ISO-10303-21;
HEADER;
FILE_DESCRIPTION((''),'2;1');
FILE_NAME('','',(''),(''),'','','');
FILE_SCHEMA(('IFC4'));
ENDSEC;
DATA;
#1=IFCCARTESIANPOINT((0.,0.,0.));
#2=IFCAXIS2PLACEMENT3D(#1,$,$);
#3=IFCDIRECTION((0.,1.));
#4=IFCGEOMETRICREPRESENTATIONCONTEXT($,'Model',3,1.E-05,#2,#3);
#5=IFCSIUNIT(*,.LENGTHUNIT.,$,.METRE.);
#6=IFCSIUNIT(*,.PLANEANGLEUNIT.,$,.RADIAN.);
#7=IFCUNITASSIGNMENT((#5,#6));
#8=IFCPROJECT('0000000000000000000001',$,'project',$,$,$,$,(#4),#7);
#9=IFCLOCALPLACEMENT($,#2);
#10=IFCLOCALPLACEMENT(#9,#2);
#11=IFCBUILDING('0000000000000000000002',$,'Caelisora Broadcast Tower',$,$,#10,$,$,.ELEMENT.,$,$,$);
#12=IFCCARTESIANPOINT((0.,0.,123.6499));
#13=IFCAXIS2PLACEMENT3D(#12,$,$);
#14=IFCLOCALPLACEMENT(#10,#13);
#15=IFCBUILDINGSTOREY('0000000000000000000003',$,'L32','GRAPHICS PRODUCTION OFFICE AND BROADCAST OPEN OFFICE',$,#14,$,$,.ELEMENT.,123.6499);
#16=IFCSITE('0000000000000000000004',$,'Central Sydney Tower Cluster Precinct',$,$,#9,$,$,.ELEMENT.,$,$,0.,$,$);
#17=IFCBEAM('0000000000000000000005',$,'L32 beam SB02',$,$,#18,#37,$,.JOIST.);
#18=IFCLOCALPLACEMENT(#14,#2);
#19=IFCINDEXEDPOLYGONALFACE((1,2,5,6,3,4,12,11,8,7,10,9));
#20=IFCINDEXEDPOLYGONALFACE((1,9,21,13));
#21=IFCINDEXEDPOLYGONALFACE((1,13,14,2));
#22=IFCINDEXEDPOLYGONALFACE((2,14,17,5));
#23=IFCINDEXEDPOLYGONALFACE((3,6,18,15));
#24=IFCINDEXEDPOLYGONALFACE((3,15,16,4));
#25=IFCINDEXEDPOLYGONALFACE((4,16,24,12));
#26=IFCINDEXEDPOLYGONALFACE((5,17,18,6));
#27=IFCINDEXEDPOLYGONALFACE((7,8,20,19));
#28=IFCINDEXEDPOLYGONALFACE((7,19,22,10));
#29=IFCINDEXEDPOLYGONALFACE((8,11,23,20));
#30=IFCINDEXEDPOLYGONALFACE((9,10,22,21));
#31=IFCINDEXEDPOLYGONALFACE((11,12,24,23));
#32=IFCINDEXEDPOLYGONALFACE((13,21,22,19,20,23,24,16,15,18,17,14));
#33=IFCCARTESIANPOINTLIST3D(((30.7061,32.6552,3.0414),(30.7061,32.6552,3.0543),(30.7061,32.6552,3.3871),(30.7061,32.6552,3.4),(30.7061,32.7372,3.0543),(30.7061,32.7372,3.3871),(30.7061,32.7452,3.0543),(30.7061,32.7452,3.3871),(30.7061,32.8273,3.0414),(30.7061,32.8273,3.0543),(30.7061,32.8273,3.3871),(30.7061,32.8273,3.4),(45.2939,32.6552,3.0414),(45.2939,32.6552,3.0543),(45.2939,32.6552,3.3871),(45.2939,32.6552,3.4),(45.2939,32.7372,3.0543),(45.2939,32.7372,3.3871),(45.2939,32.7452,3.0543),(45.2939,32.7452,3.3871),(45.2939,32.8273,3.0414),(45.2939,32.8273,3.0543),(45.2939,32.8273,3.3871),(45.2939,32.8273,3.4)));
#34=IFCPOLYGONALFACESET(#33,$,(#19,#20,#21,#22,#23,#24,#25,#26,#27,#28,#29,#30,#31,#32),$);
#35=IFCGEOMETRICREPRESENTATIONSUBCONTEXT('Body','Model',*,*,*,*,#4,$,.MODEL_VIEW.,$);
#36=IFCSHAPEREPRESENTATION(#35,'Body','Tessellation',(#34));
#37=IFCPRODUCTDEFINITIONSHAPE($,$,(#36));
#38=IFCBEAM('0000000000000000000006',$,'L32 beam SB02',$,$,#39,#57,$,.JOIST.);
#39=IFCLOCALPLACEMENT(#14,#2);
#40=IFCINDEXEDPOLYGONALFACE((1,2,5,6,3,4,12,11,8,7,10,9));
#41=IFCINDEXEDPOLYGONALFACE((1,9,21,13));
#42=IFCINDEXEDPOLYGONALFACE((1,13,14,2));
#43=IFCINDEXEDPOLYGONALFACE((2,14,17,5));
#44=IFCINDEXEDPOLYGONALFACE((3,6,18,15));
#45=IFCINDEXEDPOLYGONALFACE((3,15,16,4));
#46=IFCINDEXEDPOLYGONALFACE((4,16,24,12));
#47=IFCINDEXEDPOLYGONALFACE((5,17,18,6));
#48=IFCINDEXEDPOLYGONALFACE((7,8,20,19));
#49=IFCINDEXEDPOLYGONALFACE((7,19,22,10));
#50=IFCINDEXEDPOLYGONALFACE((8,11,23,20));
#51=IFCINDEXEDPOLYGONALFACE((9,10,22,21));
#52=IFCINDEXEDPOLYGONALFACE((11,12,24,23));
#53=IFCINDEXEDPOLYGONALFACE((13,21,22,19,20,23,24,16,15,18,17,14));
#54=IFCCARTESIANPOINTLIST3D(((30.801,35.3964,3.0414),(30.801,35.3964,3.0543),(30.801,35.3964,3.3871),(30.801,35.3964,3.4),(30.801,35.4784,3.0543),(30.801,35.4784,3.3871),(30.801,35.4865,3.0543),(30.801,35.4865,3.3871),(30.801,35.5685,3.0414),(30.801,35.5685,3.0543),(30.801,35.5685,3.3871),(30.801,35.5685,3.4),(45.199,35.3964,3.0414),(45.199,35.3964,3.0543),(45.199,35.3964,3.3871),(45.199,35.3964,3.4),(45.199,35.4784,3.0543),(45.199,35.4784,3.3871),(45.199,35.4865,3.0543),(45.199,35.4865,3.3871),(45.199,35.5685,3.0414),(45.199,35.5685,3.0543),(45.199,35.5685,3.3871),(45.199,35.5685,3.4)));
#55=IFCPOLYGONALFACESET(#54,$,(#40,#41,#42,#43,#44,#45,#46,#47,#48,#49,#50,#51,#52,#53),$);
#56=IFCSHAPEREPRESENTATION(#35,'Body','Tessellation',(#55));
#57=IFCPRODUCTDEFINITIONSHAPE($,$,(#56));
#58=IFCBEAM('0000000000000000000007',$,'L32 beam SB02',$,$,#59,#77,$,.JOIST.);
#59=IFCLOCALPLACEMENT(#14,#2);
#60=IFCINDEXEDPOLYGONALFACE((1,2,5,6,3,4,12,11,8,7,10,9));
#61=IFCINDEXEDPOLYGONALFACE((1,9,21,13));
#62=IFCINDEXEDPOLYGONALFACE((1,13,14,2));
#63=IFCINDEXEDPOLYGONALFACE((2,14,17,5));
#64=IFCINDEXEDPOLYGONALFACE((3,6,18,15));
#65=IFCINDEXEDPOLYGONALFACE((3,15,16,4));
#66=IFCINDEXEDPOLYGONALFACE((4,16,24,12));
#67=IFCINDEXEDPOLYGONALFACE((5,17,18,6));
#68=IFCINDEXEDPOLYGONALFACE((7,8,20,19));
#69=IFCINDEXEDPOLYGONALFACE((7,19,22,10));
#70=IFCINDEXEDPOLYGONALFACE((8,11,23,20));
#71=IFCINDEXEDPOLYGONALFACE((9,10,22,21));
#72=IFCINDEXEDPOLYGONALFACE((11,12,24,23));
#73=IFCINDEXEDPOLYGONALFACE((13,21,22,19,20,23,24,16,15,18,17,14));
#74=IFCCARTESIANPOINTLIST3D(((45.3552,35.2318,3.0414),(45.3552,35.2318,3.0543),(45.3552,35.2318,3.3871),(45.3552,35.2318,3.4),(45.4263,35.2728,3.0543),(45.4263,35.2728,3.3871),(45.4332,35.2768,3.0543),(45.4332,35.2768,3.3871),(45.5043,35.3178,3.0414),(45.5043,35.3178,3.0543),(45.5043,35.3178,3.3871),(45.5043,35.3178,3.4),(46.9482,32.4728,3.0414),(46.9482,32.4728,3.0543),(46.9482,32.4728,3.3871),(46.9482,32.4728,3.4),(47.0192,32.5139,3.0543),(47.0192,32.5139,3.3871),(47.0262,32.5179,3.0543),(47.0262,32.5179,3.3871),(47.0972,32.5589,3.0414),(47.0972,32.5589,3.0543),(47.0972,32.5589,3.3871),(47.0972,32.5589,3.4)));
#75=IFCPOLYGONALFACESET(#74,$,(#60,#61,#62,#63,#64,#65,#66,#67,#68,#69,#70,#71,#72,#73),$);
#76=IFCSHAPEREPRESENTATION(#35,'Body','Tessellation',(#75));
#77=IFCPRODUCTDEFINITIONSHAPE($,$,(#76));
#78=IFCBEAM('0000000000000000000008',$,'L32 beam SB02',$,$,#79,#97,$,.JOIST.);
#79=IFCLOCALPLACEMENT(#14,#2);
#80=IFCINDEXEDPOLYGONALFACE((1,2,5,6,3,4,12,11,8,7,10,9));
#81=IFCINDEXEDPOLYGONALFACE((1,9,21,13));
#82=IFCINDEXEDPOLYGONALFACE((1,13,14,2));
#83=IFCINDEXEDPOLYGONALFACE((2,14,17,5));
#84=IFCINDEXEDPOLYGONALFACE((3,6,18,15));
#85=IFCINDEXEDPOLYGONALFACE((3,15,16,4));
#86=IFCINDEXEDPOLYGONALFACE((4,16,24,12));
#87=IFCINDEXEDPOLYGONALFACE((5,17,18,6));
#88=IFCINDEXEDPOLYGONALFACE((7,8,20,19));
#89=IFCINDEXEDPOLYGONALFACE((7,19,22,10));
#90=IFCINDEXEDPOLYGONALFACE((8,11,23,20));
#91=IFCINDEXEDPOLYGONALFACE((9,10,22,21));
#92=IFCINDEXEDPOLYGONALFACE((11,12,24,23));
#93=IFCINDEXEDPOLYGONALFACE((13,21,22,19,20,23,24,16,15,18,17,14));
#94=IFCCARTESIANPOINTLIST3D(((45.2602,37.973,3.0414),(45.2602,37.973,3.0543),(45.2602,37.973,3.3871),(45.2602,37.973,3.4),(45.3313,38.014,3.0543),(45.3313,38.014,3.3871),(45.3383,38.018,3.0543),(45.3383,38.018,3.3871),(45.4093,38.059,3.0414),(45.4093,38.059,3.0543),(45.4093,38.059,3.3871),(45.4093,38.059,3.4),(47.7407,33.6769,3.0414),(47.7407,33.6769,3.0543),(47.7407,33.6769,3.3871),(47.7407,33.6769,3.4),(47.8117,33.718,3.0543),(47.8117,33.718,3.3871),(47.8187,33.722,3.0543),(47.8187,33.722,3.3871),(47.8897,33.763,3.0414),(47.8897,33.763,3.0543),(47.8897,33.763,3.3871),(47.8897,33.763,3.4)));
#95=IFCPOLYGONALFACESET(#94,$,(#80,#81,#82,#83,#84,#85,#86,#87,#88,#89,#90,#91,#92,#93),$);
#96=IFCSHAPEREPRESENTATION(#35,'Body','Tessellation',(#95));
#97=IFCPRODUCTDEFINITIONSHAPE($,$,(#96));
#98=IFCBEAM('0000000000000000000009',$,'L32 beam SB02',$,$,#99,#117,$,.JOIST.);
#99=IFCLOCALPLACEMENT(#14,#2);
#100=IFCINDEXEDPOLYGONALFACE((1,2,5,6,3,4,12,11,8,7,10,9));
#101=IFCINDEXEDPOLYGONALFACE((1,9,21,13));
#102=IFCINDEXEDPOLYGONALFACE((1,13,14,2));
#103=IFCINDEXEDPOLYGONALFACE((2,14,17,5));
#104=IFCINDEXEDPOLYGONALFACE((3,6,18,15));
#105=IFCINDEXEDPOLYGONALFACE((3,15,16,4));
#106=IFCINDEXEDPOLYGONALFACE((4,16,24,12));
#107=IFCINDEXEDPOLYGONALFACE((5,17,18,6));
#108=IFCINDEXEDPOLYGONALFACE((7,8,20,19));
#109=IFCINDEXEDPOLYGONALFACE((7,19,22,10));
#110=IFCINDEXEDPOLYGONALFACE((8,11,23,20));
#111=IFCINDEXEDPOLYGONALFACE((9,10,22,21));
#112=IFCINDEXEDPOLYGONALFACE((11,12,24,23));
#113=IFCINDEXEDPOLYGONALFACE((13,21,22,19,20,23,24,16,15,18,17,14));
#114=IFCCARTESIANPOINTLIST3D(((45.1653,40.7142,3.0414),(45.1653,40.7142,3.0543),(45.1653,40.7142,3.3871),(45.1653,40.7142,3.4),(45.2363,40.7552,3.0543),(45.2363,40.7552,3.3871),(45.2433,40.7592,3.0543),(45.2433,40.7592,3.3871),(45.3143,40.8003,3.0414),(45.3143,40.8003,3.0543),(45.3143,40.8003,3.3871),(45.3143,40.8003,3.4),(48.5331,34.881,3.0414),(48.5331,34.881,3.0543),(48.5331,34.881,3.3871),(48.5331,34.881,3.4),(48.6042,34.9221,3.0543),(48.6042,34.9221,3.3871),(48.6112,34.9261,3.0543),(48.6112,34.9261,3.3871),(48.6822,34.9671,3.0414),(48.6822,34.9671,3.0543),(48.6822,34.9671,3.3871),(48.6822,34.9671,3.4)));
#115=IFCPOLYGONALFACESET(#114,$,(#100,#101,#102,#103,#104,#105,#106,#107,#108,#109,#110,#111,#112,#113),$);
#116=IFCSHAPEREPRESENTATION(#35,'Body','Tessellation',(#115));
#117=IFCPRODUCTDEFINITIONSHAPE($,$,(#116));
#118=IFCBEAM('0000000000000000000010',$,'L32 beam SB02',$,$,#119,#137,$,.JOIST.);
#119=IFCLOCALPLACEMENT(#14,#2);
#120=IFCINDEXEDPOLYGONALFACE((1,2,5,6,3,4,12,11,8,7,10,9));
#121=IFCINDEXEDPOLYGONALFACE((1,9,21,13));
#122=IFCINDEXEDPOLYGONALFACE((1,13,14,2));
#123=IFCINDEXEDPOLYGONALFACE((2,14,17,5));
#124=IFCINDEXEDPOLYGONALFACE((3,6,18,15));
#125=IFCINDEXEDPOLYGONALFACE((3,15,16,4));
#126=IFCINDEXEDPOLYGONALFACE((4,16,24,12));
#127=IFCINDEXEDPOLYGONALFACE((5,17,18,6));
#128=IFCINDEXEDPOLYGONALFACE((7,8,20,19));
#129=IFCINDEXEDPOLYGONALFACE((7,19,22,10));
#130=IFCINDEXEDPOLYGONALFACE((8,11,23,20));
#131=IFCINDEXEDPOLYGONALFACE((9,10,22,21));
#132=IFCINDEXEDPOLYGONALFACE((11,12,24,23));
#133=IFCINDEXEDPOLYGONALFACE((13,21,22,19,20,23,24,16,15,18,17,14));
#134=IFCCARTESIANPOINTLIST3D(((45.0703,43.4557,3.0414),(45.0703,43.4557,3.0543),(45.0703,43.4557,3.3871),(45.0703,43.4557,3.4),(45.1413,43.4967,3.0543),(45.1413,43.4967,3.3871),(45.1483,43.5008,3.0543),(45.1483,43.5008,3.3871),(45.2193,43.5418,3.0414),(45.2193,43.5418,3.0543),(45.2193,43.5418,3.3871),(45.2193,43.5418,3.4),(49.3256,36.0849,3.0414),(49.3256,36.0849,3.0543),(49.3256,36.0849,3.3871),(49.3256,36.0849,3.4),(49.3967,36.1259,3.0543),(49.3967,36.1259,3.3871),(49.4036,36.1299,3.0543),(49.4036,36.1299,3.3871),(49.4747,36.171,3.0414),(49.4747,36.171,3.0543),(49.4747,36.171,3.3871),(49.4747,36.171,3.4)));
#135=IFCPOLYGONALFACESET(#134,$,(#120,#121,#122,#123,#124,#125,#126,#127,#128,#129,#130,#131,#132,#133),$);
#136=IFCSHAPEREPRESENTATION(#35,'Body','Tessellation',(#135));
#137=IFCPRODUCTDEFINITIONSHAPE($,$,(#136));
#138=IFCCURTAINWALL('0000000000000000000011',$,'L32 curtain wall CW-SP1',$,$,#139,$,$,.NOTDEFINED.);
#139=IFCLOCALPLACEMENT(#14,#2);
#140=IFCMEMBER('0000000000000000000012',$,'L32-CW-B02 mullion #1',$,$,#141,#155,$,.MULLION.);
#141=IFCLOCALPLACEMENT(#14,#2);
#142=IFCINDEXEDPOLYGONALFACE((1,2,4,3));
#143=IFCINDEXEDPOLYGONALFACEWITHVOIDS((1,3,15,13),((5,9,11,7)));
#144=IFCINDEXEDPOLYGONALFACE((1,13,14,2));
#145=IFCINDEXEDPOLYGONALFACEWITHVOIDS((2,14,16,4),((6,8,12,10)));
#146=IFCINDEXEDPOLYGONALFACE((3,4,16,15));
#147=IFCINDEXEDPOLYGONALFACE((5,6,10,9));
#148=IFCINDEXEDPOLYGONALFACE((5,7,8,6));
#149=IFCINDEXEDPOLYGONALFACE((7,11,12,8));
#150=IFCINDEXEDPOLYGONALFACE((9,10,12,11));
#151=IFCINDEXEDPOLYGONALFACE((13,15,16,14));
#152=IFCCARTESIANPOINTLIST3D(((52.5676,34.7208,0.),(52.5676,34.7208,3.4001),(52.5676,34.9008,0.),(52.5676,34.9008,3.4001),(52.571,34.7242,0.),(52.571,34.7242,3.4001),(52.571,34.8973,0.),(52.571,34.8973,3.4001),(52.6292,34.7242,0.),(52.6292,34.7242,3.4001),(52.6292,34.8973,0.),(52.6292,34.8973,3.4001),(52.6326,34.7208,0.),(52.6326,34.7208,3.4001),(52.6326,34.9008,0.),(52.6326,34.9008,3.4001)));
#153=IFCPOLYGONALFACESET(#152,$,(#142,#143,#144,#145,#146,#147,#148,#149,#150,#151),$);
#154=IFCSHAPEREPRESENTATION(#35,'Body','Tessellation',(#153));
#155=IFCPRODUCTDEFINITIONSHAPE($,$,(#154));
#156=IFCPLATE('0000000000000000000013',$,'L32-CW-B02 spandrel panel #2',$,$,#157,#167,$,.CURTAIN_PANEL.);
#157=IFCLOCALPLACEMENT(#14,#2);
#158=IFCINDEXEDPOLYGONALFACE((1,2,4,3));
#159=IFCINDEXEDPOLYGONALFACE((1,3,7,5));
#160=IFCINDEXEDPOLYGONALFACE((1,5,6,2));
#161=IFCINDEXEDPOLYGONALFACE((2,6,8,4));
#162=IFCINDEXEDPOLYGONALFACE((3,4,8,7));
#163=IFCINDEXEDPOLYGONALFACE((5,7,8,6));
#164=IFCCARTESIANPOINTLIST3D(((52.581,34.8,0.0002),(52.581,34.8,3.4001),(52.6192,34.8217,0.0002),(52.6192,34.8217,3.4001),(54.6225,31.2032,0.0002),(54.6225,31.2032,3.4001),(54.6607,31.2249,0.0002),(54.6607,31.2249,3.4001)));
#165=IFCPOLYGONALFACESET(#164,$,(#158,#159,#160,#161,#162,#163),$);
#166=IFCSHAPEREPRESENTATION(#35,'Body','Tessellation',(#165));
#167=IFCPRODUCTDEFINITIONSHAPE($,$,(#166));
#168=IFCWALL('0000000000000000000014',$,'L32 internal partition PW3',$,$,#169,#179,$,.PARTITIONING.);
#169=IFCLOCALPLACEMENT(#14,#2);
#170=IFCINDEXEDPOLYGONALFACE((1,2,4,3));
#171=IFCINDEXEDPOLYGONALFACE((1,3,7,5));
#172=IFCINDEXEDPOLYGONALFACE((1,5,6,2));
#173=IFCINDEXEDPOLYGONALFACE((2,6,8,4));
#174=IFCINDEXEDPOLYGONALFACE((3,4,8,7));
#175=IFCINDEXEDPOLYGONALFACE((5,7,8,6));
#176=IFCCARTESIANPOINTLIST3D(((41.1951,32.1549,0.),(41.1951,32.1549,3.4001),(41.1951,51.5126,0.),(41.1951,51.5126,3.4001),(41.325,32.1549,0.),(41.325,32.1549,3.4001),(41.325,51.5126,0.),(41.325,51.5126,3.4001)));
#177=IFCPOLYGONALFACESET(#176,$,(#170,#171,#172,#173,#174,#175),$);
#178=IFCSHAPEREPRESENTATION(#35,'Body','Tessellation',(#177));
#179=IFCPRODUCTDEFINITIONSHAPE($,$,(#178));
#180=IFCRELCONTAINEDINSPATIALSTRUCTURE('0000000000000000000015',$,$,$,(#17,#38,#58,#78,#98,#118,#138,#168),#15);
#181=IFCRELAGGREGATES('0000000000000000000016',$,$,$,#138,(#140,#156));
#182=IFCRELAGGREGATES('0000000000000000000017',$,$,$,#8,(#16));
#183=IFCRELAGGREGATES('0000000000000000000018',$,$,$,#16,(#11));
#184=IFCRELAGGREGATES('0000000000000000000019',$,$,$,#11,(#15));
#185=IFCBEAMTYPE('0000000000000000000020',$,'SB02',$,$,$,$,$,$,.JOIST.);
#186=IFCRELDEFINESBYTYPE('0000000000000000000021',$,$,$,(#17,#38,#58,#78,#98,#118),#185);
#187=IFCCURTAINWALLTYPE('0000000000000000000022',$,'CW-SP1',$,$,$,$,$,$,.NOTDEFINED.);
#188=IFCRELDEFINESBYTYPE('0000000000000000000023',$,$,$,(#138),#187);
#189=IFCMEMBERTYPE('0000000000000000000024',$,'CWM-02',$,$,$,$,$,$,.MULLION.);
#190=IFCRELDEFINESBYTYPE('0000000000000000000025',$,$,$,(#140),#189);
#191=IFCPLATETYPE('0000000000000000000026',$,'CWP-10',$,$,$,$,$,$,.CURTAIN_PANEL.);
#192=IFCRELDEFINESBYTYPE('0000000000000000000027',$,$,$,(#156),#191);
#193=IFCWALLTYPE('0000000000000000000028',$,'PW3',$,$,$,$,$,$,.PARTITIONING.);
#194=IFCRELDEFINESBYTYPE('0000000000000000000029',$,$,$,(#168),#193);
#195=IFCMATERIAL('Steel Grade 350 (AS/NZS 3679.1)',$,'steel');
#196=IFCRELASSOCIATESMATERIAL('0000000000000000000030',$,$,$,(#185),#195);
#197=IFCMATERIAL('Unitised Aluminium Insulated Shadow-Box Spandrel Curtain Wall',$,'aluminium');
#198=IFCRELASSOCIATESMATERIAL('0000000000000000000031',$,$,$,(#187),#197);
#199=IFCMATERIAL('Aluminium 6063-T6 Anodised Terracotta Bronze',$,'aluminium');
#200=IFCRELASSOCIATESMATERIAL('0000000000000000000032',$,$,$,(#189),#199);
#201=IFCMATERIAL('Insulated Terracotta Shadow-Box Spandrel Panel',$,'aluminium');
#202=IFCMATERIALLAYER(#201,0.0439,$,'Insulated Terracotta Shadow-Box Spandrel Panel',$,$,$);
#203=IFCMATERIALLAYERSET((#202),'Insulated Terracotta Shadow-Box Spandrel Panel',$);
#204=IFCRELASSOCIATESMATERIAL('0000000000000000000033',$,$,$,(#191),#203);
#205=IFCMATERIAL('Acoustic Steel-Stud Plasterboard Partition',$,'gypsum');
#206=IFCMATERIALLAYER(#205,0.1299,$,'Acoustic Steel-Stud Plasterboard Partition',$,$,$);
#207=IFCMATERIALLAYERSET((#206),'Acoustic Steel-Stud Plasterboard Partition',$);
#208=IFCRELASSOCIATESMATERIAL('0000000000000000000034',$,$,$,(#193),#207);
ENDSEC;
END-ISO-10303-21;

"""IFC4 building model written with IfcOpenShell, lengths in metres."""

from ifc_helpers import new_model, si_unit, direction, frame, frame_2d, origin, origin_2d, place, context, subcontext, project, spatial, rectangle, hollow_rectangle, i_section, extrude, source, transform, mapped, material, layer, layer_set, material_profile, profile_set, type_object, type_shapes, element, aggregate, save


model = new_model("IFC4")

# Units and contexts
model_context = context("Model", 3, precision=1e-05, world=origin(), true_north=direction((0.0, 1.0)))
body_context = subcontext(model_context, "Body", "Model", "MODEL_VIEW")
ifc_project = project(units=[si_unit("LENGTHUNIT", "METRE"), si_unit("PLANEANGLEUNIT", "RADIAN")], contexts=[model_context])

# Site, building, storey
site_placement = place(None, origin())
site = spatial("IfcSite", under=ifc_project, at=site_placement, Name="Central Sydney Tower Cluster Precinct", CompositionType="ELEMENT", RefElevation=0.0)
building_placement = place(site_placement, origin())
building = spatial("IfcBuilding", under=site, at=building_placement, Name="Caelisora Broadcast Tower", CompositionType="ELEMENT")
storey_placement = place(building_placement, frame((0.0, 0.0, 123.6499)))
storey = spatial("IfcBuildingStorey", under=building, at=storey_placement, Name="L32", Description="GRAPHICS PRODUCTION OFFICE AND BROADCAST OPEN OFFICE", CompositionType="ELEMENT", Elevation=123.6499)

# Beams
ifc_material_1 = material(Name="Steel Grade 350 (AS/NZS 3679.1)", Category="steel")
ifc_material_profile_1 = material_profile(ifc_material_1, i_section(OverallWidth=0.1721, OverallDepth=0.3586, WebThickness=0.0081, FlangeThickness=0.0129, at=origin_2d()), Name="Steel Grade 350 (AS/NZS 3679.1)")
ifc_profile_set_1 = profile_set([ifc_material_profile_1], Name="Steel Grade 350 (AS/NZS 3679.1)")
beam_type = type_object("IfcBeamType", Name="SB02", PredefinedType="JOIST", material=ifc_profile_set_1)
shared_shape_1 = source(origin(), body_context, "Body", "SweptSolid", [
    extrude(i_section(OverallWidth=0.1721, OverallDepth=0.3586, WebThickness=0.0081, FlangeThickness=0.0129, at=origin_2d()), origin(), (0.0, 0.0, 1.0), 14.5879),
])
beam_1_placement = place(storey_placement, frame((45.2939, 32.7412, 3.2207), z_axis=(-1.0, 0.0, 0.0), x_axis=(0.0, -1.0, 0.0)))
element("IfcBeam", 1, at=beam_1_placement, inside=storey, type_object=beam_type, Name="L32 beam SB02", PredefinedType="JOIST", context=body_context, shape_type="MappedRepresentation", body=[
    mapped(shared_shape_1, transform((0.0, 0.0, 0.0), scale=1.0)),
])
shared_shape_2 = source(origin(), body_context, "Body", "SweptSolid", [
    extrude(i_section(OverallWidth=0.1721, OverallDepth=0.3586, WebThickness=0.0081, FlangeThickness=0.0129, at=origin_2d()), origin(), (0.0, 0.0, 1.0), 14.3979),
])
beam_2_placement = place(storey_placement, frame((45.199, 35.4824, 3.2207), z_axis=(-1.0, 0.0, 0.0), x_axis=(0.0, -1.0, 0.0)))
element("IfcBeam", 2, at=beam_2_placement, inside=storey, type_object=beam_type, Name="L32 beam SB02", PredefinedType="JOIST", context=body_context, shape_type="MappedRepresentation", body=[
    mapped(shared_shape_2, transform((0.0, 0.0, 0.0), scale=1.0)),
])
shared_shape_3 = source(origin(), body_context, "Body", "SweptSolid", [
    extrude(i_section(OverallWidth=0.1721, OverallDepth=0.3586, WebThickness=0.0081, FlangeThickness=0.0129, at=origin_2d()), origin(), (0.0, 0.0, 1.0), 3.1858),
])
beam_3_placement = place(storey_placement, frame((47.0227, 32.5159, 3.2207), z_axis=(-0.500021, 0.866013, 0.0), x_axis=(-0.866013, -0.500021, 0.0)))
element("IfcBeam", 3, at=beam_3_placement, inside=storey, type_object=beam_type, Name="L32 beam SB02", PredefinedType="JOIST", context=body_context, shape_type="MappedRepresentation", body=[
    mapped(shared_shape_3, transform((0.0, 0.0, 0.0), scale=1.0)),
])
shared_shape_4 = source(origin(), body_context, "Body", "SweptSolid", [
    extrude(i_section(OverallWidth=0.1721, OverallDepth=0.3586, WebThickness=0.0081, FlangeThickness=0.0129, at=origin_2d()), origin(), (0.0, 0.0, 1.0), 4.9607),
])
beam_4_placement = place(storey_placement, frame((47.8152, 33.72, 3.2207), z_axis=(-0.500014, 0.866018, 0.0), x_axis=(-0.866018, -0.500014, 0.0)))
element("IfcBeam", 4, at=beam_4_placement, inside=storey, type_object=beam_type, Name="L32 beam SB02", PredefinedType="JOIST", context=body_context, shape_type="MappedRepresentation", body=[
    mapped(shared_shape_4, transform((0.0, 0.0, 0.0), scale=1.0)),
])
shared_shape_5 = source(origin(), body_context, "Body", "SweptSolid", [
    extrude(i_section(OverallWidth=0.1721, OverallDepth=0.3586, WebThickness=0.0081, FlangeThickness=0.0129, at=origin_2d()), origin(), (0.0, 0.0, 1.0), 6.7356),
])
beam_5_placement = place(storey_placement, frame((48.6077, 34.9241, 3.2207), z_axis=(-0.50001, 0.86602, 0.0), x_axis=(-0.86602, -0.50001, 0.0)))
element("IfcBeam", 5, at=beam_5_placement, inside=storey, type_object=beam_type, Name="L32 beam SB02", PredefinedType="JOIST", context=body_context, shape_type="MappedRepresentation", body=[
    mapped(shared_shape_5, transform((0.0, 0.0, 0.0), scale=1.0)),
])
shared_shape_6 = source(origin(), body_context, "Body", "SweptSolid", [
    extrude(i_section(OverallWidth=0.1721, OverallDepth=0.3586, WebThickness=0.0081, FlangeThickness=0.0129, at=origin_2d()), origin(), (0.0, 0.0, 1.0), 8.511),
])
type_shapes(beam_type, [shared_shape_1, shared_shape_2, shared_shape_3, shared_shape_4, shared_shape_5, shared_shape_6])
beam_6_placement = place(storey_placement, frame((49.4001, 36.1279, 3.2207), z_axis=(-0.499983, 0.866035, 0.0), x_axis=(-0.866035, -0.499983, 0.0)))
element("IfcBeam", 6, at=beam_6_placement, inside=storey, type_object=beam_type, Name="L32 beam SB02", PredefinedType="JOIST", context=body_context, shape_type="MappedRepresentation", body=[
    mapped(shared_shape_6, transform((0.0, 0.0, 0.0), scale=1.0)),
])

# Curtain wall, member, plate
ifc_material_2 = material(Name="Unitised Aluminium Insulated Shadow-Box Spandrel Curtain Wall", Category="aluminium")
curtain_wall_type = type_object("IfcCurtainWallType", Name="CW-SP1", PredefinedType="NOTDEFINED", material=ifc_material_2)
curtain_wall_placement = place(storey_placement, origin())
curtain_wall = element("IfcCurtainWall", 7, at=curtain_wall_placement, inside=storey, type_object=curtain_wall_type, Name="L32 curtain wall CW-SP1", PredefinedType="NOTDEFINED")
ifc_material_3 = material(Name="Aluminium 6063-T6 Anodised Terracotta Bronze", Category="aluminium")
ifc_material_profile_2 = material_profile(ifc_material_3, hollow_rectangle(XDim=0.0649, YDim=0.1799, WallThickness=0.0034, at=origin_2d()), Name="Aluminium 6063-T6 Anodised Terracotta Bronze")
ifc_profile_set_2 = profile_set([ifc_material_profile_2], Name="Aluminium 6063-T6 Anodised Terracotta Bronze")
member_type = type_object("IfcMemberType", Name="CWM-02", PredefinedType="MULLION", material=ifc_profile_set_2)
shared_shape_7 = source(origin(), body_context, "Body", "SweptSolid", [
    extrude(hollow_rectangle(XDim=0.0649, YDim=0.1799, WallThickness=0.0034, at=origin_2d()), origin(), (0.0, 0.0, 1.0), 3.4001),
])
type_shapes(member_type, [shared_shape_7])
member_placement = place(storey_placement, frame((52.6001, 34.8108, 0.0), z_axis=(0.0, 0.0, 1.0), x_axis=(1.0, 0.0, 0.0)))
member = element("IfcMember", 8, at=member_placement, type_object=member_type, Name="L32-CW-B02 mullion #1", PredefinedType="MULLION", context=body_context, shape_type="MappedRepresentation", body=[
    mapped(shared_shape_7, transform((0.0, 0.0, 0.0), scale=1.0)),
])
ifc_material_4 = material(Name="Insulated Terracotta Shadow-Box Spandrel Panel", Category="aluminium")
ifc_layer_1 = layer(ifc_material_4, 0.0439, Name="Insulated Terracotta Shadow-Box Spandrel Panel")
ifc_layer_set_1 = layer_set([ifc_layer_1], Name="Insulated Terracotta Shadow-Box Spandrel Panel")
plate_type = type_object("IfcPlateType", Name="CWP-10", PredefinedType="CURTAIN_PANEL", material=ifc_layer_set_1)
shared_shape_8 = source(origin(), body_context, "Body", "SweptSolid", [
    extrude(rectangle(XDim=4.1357, YDim=0.0439, at=origin_2d()), origin(), (0.0, 0.0, 1.0), 3.3999),
])
type_shapes(plate_type, [shared_shape_8])
plate_placement = place(storey_placement, frame((53.6208, 33.0125, 0.0002), z_axis=(0.0, 0.0, 1.0), x_axis=(0.493638, -0.869667, 0.0)))
plate = element("IfcPlate", 9, at=plate_placement, type_object=plate_type, Name="L32-CW-B02 spandrel panel #2", PredefinedType="CURTAIN_PANEL", context=body_context, shape_type="MappedRepresentation", body=[
    mapped(shared_shape_8, transform((0.0, 0.0, 0.0), scale=1.0)),
])
aggregate(curtain_wall, [member, plate])

# Wall
ifc_material_5 = material(Name="Acoustic Steel-Stud Plasterboard Partition", Category="gypsum")
ifc_layer_2 = layer(ifc_material_5, 0.1299, Name="Acoustic Steel-Stud Plasterboard Partition")
ifc_layer_set_2 = layer_set([ifc_layer_2], Name="Acoustic Steel-Stud Plasterboard Partition")
wall_type_1 = type_object("IfcWallType", Name="PW3", PredefinedType="PARTITIONING", material=ifc_layer_set_2)
wall_1_placement = place(storey_placement, frame((41.26, 32.155, 0.0), z_axis=(0.0, 0.0, 1.0), x_axis=(0.0, 1.0, 0.0)))
element("IfcWall", 10, at=wall_1_placement, inside=storey, type_object=wall_type_1, Name="L32 internal partition PW3", PredefinedType="PARTITIONING", context=body_context, shape_type="SweptSolid", body=[
    extrude(rectangle(XDim=19.3577, YDim=0.1299, at=frame_2d((9.6787, 0.0))), origin(), (0.0, 0.0, 1.0), 3.4001),
])

save(model, "model.ifc")
